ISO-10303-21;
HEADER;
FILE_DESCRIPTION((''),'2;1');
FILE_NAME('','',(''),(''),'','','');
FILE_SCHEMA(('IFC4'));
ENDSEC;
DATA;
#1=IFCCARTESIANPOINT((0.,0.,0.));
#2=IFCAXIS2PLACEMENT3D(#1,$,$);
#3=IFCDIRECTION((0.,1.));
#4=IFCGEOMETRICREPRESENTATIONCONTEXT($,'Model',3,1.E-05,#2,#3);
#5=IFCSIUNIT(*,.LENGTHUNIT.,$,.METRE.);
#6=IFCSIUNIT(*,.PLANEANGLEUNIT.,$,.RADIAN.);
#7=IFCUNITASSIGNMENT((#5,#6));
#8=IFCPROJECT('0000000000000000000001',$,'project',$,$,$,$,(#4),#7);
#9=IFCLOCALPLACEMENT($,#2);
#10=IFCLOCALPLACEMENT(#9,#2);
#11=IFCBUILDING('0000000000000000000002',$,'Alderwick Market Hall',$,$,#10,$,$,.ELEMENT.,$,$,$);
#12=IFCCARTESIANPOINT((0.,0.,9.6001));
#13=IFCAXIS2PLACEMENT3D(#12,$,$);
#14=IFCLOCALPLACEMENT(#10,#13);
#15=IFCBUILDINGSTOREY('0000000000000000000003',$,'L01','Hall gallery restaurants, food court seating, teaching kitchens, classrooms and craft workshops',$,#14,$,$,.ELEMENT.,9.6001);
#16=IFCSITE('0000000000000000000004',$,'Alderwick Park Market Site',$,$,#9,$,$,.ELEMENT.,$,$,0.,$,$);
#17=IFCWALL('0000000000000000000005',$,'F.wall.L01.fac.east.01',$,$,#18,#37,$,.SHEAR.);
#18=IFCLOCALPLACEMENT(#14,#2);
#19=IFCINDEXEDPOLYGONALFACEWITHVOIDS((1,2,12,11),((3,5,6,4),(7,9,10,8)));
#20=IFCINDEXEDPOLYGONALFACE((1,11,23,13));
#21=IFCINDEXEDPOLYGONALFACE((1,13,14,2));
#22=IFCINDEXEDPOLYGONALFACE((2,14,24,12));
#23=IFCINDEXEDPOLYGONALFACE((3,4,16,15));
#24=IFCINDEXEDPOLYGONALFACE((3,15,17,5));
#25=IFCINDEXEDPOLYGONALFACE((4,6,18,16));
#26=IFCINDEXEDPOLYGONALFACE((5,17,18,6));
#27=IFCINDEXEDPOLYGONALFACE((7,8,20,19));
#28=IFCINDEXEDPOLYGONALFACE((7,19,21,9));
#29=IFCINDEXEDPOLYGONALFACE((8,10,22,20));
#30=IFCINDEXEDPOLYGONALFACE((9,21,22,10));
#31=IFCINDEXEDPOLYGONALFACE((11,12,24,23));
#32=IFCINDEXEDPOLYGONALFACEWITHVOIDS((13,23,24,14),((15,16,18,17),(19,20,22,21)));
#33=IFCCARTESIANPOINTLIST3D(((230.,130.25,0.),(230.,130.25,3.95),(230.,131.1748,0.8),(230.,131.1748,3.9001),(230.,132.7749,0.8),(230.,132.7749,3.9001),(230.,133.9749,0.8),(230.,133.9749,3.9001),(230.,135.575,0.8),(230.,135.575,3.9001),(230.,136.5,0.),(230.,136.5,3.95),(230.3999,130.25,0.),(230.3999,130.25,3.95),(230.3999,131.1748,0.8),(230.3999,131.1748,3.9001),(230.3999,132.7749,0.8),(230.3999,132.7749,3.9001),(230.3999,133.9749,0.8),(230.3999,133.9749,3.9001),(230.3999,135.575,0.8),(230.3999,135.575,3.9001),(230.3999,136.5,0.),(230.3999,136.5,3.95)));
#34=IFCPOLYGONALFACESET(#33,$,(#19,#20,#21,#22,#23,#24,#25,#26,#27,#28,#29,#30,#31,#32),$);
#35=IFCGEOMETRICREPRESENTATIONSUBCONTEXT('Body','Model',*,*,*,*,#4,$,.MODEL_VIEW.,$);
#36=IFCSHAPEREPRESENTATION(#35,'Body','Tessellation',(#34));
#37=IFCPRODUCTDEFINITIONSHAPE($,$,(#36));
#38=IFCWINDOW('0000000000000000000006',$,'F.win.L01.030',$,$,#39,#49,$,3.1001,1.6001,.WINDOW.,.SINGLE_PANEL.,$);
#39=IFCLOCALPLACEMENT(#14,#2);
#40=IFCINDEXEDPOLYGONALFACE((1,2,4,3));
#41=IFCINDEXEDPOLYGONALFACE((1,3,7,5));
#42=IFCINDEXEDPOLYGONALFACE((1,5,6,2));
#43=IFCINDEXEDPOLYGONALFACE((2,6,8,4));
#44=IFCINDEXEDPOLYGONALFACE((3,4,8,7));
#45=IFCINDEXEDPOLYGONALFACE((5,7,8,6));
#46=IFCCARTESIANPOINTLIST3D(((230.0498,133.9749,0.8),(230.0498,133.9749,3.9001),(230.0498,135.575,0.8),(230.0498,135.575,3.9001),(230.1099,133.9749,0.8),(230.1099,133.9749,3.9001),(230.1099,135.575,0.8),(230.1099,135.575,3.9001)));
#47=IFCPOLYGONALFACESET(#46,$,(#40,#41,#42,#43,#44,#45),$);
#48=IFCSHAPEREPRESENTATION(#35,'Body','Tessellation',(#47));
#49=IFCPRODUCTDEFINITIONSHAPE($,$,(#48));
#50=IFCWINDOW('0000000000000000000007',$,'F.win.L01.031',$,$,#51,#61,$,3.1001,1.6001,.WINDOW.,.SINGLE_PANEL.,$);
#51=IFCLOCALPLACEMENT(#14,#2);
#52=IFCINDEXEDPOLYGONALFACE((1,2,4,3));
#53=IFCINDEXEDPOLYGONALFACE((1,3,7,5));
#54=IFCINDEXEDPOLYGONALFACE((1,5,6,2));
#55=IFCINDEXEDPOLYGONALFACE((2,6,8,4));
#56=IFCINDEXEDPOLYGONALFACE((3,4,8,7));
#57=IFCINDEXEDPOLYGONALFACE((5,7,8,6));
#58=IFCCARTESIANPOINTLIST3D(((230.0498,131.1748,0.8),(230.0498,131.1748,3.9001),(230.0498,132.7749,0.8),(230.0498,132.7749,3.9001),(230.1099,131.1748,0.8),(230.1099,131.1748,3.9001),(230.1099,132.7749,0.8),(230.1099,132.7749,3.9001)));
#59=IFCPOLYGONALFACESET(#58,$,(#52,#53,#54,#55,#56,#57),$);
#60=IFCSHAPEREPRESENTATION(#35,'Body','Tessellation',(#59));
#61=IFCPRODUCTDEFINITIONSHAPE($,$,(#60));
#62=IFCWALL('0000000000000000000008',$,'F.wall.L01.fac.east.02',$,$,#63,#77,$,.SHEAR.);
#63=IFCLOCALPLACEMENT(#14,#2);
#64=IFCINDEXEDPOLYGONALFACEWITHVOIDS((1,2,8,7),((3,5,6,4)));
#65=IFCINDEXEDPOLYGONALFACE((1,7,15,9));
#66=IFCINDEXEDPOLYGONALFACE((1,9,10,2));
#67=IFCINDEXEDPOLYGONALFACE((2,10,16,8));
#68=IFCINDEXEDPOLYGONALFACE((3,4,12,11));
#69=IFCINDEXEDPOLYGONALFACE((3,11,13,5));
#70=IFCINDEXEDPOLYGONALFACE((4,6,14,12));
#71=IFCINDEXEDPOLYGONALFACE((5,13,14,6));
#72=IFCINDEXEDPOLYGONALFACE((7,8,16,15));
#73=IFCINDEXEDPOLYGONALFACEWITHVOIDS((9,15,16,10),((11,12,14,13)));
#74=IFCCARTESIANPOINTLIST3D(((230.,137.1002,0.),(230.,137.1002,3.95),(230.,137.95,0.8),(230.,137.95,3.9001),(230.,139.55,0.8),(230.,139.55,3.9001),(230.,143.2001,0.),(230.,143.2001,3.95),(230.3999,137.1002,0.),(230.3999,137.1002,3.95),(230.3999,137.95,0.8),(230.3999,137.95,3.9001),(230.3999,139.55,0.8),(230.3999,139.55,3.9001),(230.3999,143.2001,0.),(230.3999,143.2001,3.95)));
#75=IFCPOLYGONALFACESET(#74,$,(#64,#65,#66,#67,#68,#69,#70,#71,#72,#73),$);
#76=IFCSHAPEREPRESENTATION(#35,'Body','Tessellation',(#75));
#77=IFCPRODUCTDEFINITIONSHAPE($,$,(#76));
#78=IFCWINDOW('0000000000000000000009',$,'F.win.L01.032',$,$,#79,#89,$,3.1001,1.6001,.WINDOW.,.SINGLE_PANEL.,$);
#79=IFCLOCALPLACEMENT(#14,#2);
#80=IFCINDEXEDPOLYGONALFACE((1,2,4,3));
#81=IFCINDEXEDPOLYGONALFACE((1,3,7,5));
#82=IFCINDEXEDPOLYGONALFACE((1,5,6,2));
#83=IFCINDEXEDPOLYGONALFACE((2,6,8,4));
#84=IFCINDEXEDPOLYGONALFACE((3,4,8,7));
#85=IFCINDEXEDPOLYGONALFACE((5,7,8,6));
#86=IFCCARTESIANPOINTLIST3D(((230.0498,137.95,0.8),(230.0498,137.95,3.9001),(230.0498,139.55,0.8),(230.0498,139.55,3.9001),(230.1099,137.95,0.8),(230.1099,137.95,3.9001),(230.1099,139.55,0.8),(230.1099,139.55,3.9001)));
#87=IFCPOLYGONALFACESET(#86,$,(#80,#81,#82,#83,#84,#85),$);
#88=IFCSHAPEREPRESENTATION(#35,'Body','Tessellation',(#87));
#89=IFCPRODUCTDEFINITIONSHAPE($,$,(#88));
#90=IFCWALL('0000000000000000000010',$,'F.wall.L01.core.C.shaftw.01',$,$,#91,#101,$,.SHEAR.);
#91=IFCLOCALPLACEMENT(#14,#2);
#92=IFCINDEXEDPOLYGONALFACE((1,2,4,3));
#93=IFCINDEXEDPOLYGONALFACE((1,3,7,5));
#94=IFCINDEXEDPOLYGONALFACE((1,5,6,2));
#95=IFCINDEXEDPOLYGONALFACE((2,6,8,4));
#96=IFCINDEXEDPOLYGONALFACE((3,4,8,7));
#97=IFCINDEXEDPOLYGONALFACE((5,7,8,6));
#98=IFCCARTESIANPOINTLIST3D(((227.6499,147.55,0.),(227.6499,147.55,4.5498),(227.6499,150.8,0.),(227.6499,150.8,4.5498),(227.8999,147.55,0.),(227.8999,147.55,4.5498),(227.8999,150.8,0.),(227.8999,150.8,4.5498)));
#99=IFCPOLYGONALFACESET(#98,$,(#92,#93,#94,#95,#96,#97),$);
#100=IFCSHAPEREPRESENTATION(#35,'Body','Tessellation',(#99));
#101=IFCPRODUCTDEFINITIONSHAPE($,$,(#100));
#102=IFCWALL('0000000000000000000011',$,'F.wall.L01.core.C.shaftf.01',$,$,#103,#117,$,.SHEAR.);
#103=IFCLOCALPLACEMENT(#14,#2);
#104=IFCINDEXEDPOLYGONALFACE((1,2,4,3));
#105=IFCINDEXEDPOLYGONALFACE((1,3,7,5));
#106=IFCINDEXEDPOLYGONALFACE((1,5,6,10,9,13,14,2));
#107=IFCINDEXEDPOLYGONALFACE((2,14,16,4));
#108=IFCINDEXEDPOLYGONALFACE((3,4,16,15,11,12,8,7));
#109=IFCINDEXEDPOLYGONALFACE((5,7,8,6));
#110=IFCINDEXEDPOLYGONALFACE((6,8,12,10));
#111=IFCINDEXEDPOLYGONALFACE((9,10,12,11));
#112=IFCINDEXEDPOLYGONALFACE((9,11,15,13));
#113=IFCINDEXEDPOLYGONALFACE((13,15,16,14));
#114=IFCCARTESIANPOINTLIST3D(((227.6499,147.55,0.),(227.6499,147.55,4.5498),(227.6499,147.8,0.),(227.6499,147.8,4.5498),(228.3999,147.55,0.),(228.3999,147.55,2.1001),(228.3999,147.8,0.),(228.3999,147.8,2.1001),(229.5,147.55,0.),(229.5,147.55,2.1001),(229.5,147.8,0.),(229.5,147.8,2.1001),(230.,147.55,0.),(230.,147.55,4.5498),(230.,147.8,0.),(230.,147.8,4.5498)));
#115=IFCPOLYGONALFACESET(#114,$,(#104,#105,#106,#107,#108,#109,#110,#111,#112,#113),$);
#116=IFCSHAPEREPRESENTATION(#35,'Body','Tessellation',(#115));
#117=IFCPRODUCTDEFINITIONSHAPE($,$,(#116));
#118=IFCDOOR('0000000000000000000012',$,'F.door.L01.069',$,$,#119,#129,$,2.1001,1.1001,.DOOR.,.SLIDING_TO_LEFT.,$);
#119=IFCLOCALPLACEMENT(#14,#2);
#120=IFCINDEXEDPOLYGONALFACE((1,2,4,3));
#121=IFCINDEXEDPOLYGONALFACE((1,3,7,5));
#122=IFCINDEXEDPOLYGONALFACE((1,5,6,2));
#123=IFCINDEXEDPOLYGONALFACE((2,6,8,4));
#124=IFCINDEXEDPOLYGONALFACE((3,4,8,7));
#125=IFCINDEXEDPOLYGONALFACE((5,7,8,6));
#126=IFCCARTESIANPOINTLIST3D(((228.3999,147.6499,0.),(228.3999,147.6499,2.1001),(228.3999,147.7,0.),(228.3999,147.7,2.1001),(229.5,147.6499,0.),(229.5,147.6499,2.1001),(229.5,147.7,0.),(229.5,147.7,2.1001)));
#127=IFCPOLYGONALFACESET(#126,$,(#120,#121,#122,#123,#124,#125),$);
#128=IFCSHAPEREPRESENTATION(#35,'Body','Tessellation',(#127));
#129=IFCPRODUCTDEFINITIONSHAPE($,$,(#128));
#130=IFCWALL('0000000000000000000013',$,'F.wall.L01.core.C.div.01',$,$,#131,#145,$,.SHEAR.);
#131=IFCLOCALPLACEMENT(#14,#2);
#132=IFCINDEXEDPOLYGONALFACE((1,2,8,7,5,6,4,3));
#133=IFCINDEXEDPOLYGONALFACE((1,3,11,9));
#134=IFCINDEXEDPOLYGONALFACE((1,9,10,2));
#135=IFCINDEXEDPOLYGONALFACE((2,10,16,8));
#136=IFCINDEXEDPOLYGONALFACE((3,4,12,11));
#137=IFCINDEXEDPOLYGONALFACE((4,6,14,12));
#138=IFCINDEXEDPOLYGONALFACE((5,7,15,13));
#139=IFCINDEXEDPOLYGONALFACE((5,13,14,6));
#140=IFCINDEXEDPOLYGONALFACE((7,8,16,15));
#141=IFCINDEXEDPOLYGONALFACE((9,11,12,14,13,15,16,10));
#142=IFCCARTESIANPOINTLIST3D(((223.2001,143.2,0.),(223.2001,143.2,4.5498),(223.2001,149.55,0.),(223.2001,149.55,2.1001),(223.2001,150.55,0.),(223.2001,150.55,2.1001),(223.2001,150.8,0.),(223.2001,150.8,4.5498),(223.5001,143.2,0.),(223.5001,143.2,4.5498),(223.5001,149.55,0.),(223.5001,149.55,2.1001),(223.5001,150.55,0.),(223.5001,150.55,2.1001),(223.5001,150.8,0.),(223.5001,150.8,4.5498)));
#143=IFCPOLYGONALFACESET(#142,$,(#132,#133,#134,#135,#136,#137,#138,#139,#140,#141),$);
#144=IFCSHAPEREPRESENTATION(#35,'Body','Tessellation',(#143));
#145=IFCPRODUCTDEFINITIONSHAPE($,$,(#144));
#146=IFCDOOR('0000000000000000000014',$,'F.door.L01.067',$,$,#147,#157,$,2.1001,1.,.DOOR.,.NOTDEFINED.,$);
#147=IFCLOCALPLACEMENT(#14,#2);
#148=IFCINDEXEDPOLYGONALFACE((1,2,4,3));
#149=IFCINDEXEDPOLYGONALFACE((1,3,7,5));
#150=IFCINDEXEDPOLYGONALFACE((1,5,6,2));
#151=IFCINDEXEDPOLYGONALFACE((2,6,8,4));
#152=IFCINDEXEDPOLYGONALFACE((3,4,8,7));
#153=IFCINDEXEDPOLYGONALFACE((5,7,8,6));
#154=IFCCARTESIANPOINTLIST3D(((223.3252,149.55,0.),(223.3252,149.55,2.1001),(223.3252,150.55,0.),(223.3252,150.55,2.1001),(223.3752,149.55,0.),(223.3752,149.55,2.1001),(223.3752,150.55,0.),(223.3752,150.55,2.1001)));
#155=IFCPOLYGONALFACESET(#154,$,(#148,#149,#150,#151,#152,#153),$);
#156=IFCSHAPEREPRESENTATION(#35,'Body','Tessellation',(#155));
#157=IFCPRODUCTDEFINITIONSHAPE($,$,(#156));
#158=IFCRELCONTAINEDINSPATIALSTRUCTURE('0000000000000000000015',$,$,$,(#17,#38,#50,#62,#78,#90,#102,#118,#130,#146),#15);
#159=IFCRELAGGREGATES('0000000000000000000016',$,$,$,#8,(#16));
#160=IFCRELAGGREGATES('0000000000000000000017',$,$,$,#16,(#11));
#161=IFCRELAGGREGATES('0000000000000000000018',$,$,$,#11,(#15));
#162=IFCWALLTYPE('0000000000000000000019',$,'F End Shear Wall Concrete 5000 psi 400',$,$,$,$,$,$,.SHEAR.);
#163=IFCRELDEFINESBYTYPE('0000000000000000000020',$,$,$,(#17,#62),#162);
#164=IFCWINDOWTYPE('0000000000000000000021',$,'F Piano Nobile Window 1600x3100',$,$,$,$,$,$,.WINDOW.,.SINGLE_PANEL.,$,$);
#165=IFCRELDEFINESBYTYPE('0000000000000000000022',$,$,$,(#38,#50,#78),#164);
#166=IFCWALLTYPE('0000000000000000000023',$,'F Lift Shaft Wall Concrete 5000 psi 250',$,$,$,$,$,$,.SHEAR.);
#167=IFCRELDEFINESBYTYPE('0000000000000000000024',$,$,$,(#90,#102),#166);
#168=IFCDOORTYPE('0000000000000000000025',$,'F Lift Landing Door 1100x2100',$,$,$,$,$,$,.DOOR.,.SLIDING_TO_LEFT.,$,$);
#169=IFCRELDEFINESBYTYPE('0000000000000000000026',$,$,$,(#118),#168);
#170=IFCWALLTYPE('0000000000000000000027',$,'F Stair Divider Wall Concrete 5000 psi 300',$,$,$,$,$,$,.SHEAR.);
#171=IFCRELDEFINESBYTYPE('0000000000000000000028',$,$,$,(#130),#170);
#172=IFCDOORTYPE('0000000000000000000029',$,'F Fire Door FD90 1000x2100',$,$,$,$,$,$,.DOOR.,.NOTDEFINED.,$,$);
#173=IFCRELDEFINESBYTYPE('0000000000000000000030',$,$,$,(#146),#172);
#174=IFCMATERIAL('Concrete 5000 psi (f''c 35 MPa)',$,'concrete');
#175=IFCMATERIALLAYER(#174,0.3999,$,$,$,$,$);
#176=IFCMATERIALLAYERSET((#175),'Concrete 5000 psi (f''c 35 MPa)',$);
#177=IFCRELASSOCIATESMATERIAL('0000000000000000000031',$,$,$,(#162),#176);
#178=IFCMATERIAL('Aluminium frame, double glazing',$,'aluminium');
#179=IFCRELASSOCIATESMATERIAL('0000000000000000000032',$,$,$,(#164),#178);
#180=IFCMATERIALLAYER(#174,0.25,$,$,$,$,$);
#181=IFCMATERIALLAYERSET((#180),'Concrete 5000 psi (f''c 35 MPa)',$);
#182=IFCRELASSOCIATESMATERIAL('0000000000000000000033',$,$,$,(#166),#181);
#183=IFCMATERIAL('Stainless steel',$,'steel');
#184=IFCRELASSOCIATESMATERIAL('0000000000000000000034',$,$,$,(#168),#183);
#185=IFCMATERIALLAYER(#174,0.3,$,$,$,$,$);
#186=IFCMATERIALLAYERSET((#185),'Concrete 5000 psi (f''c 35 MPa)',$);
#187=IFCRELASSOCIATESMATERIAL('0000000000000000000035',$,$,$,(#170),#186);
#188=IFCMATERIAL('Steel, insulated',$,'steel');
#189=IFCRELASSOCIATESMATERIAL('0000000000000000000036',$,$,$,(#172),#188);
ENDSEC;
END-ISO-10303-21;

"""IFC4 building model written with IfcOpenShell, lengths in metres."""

from ifc_helpers import new_model, si_unit, direction, frame, frame_2d, origin, place, context, subcontext, project, spatial, rectangle, extrude, material, layer, layer_set, type_object, element, fill, save


model = new_model("IFC4")

# Units and contexts
model_context = context("Model", 3, precision=1e-05, world=origin(), true_north=direction((0.0, 1.0)))
body_context = subcontext(model_context, "Body", "Model", "MODEL_VIEW")
ifc_project = project(units=[si_unit("LENGTHUNIT", "METRE"), si_unit("PLANEANGLEUNIT", "RADIAN")], contexts=[model_context])

# Site, building, storey
site_placement = place(None, origin())
site = spatial("IfcSite", under=ifc_project, at=site_placement, Name="Alderwick Park Market Site", CompositionType="ELEMENT", RefElevation=0.0)
building_placement = place(site_placement, origin())
building = spatial("IfcBuilding", under=site, at=building_placement, Name="Alderwick Market Hall", CompositionType="ELEMENT")
storey_placement = place(building_placement, frame((0.0, 0.0, 9.6001)))
storey = spatial("IfcBuildingStorey", under=building, at=storey_placement, Name="L01", Description="Hall gallery restaurants, food court seating, teaching kitchens, classrooms and craft workshops", CompositionType="ELEMENT", Elevation=9.6001)

# Shared definitions
ifc_material_1 = material(Name="Concrete 5000 psi (f'c 35 MPa)", Category="concrete")

# Shared definitions
ifc_material_2 = material(Name="Steel, insulated", Category="steel")

# Wall, openings, windows
ifc_layer_1 = layer(ifc_material_1, 0.3999)
ifc_layer_set_1 = layer_set([ifc_layer_1], Name="Concrete 5000 psi (f'c 35 MPa)")
wall_type_1 = type_object("IfcWallType", Name="F End Shear Wall Concrete 5000 psi 400", PredefinedType="SHEAR", material=ifc_layer_set_1)
wall_1_placement = place(storey_placement, frame((230.2, 136.5, 0.0), z_axis=(0.0, 0.0, 1.0), x_axis=(0.0, -1.0, 0.0)))
wall_1 = element("IfcWall", 1, at=wall_1_placement, inside=storey, type_object=wall_type_1, Name="F.wall.L01.fac.east.01", PredefinedType="SHEAR", context=body_context, shape_type="SweptSolid", body=[
    extrude(rectangle(XDim=6.25, YDim=0.3999, at=frame_2d((3.125, 0.0))), origin(), (0.0, 0.0, 1.0), 3.95),
])
opening_1_placement = place(wall_1_placement, frame((0.925, 0.0, 0.8)))
opening_1 = element("IfcOpeningElement", 2, at=opening_1_placement, cuts=wall_1, PredefinedType="OPENING", context=body_context, shape_type="SweptSolid", body=[
    extrude(rectangle(XDim=1.6001, YDim=3.1001, at=frame_2d((0.8, 1.55))), frame((0.0, 0.21, 0.0), z_axis=(0.0, -1.0, 0.0), x_axis=(1.0, 0.0, 0.0)), (0.0, 0.0, 1.0), 0.4199),
])
opening_2_placement = place(wall_1_placement, frame((3.7251, 0.0, 0.8)))
opening_2 = element("IfcOpeningElement", 3, at=opening_2_placement, cuts=wall_1, PredefinedType="OPENING", context=body_context, shape_type="SweptSolid", body=[
    extrude(rectangle(XDim=1.6001, YDim=3.1001, at=frame_2d((0.8, 1.55))), frame((0.0, 0.21, 0.0), z_axis=(0.0, -1.0, 0.0), x_axis=(1.0, 0.0, 0.0)), (0.0, 0.0, 1.0), 0.4199),
])
ifc_material_3 = material(Name="Aluminium frame, double glazing", Category="aluminium")
window_type = type_object("IfcWindowType", Name="F Piano Nobile Window 1600x3100", PartitioningType="SINGLE_PANEL", PredefinedType="WINDOW", material=ifc_material_3)
window_1_placement = place(opening_1_placement, origin())
window_1 = element("IfcWindow", 4, at=window_1_placement, inside=storey, type_object=window_type, Name="F.win.L01.030", OverallHeight=3.1001, OverallWidth=1.6001, PartitioningType="SINGLE_PANEL", PredefinedType="WINDOW", context=body_context, shape_type="SweptSolid", body=[
    extrude(rectangle(XDim=1.6001, YDim=3.1001, at=frame_2d((0.8, 1.55))), frame((0.0, -0.0901, 0.0), z_axis=(0.0, -1.0, 0.0), x_axis=(1.0, 0.0, 0.0)), (0.0, 0.0, 1.0), 0.0601),
])
fill(opening_1, window_1)
window_2_placement = place(opening_2_placement, origin())
window_2 = element("IfcWindow", 5, at=window_2_placement, inside=storey, type_object=window_type, Name="F.win.L01.031", OverallHeight=3.1001, OverallWidth=1.6001, PartitioningType="SINGLE_PANEL", PredefinedType="WINDOW", context=body_context, shape_type="SweptSolid", body=[
    extrude(rectangle(XDim=1.6001, YDim=3.1001, at=frame_2d((0.8, 1.55))), frame((0.0, -0.0901, 0.0), z_axis=(0.0, -1.0, 0.0), x_axis=(1.0, 0.0, 0.0)), (0.0, 0.0, 1.0), 0.0601),
])
fill(opening_2, window_2)

# Wall, opening, window
wall_2_placement = place(storey_placement, frame((230.2, 143.2, 0.0), z_axis=(0.0, 0.0, 1.0), x_axis=(0.0, -1.0, 0.0)))
wall_2 = element("IfcWall", 6, at=wall_2_placement, inside=storey, type_object=wall_type_1, Name="F.wall.L01.fac.east.02", PredefinedType="SHEAR", context=body_context, shape_type="SweptSolid", body=[
    extrude(rectangle(XDim=6.0999, YDim=0.3999, at=frame_2d((3.0498, 0.0))), origin(), (0.0, 0.0, 1.0), 3.95),
])
opening_3_placement = place(wall_2_placement, frame((3.6499, 0.0, 0.8)))
opening_3 = element("IfcOpeningElement", 7, at=opening_3_placement, cuts=wall_2, PredefinedType="OPENING", context=body_context, shape_type="SweptSolid", body=[
    extrude(rectangle(XDim=1.6001, YDim=3.1001, at=frame_2d((0.8, 1.55))), frame((0.0, 0.21, 0.0), z_axis=(0.0, -1.0, 0.0), x_axis=(1.0, 0.0, 0.0)), (0.0, 0.0, 1.0), 0.4199),
])
window_3_placement = place(opening_3_placement, origin())
window_3 = element("IfcWindow", 8, at=window_3_placement, inside=storey, type_object=window_type, Name="F.win.L01.032", OverallHeight=3.1001, OverallWidth=1.6001, PartitioningType="SINGLE_PANEL", PredefinedType="WINDOW", context=body_context, shape_type="SweptSolid", body=[
    extrude(rectangle(XDim=1.6001, YDim=3.1001, at=frame_2d((0.8, 1.55))), frame((0.0, -0.0901, 0.0), z_axis=(0.0, -1.0, 0.0), x_axis=(1.0, 0.0, 0.0)), (0.0, 0.0, 1.0), 0.0601),
])
fill(opening_3, window_3)

# Wall
ifc_layer_2 = layer(ifc_material_1, 0.25)
ifc_layer_set_2 = layer_set([ifc_layer_2], Name="Concrete 5000 psi (f'c 35 MPa)")
wall_type_2 = type_object("IfcWallType", Name="F Lift Shaft Wall Concrete 5000 psi 250", PredefinedType="SHEAR", material=ifc_layer_set_2)
wall_3_placement = place(storey_placement, frame((227.7749, 147.55, 0.0), z_axis=(0.0, 0.0, 1.0), x_axis=(0.0, 1.0, 0.0)))
element("IfcWall", 9, at=wall_3_placement, inside=storey, type_object=wall_type_2, Name="F.wall.L01.core.C.shaftw.01", PredefinedType="SHEAR", context=body_context, shape_type="SweptSolid", body=[
    extrude(rectangle(XDim=3.25, YDim=0.25, at=frame_2d((1.625, 0.0))), origin(), (0.0, 0.0, 1.0), 4.5498),
])

# Walls, openings, doors
wall_4_placement = place(storey_placement, frame((227.6499, 147.675, 0.0), z_axis=(0.0, 0.0, 1.0), x_axis=(1.0, 0.0, 0.0)))
wall_4 = element("IfcWall", 10, at=wall_4_placement, inside=storey, type_object=wall_type_2, Name="F.wall.L01.core.C.shaftf.01", PredefinedType="SHEAR", context=body_context, shape_type="SweptSolid", body=[
    extrude(rectangle(XDim=2.3501, YDim=0.25, at=frame_2d((1.175, 0.0))), origin(), (0.0, 0.0, 1.0), 4.5498),
])
opening_4_placement = place(wall_4_placement, frame((0.75, 0.0, 0.0)))
opening_4 = element("IfcOpeningElement", 11, at=opening_4_placement, cuts=wall_4, PredefinedType="OPENING", context=body_context, shape_type="SweptSolid", body=[
    extrude(rectangle(XDim=1.1001, YDim=2.1001, at=frame_2d((0.55, 1.05))), frame((0.0, 0.135, 0.0), z_axis=(0.0, -1.0, 0.0), x_axis=(1.0, 0.0, 0.0)), (0.0, 0.0, 1.0), 0.27),
])
ifc_material_4 = material(Name="Stainless steel", Category="steel")
door_type_1 = type_object("IfcDoorType", Name="F Lift Landing Door 1100x2100", OperationType="SLIDING_TO_LEFT", PredefinedType="DOOR", material=ifc_material_4)
door_1_placement = place(opening_4_placement, origin())
door_1 = element("IfcDoor", 12, at=door_1_placement, inside=storey, type_object=door_type_1, Name="F.door.L01.069", OperationType="SLIDING_TO_LEFT", OverallHeight=2.1001, OverallWidth=1.1001, PredefinedType="DOOR", context=body_context, shape_type="SweptSolid", body=[
    extrude(rectangle(XDim=1.1001, YDim=2.1001, at=frame_2d((0.55, 1.05))), frame((0.0, 0.0249, 0.0), z_axis=(0.0, -1.0, 0.0), x_axis=(1.0, 0.0, 0.0)), (0.0, 0.0, 1.0), 0.05),
])
fill(opening_4, door_1)
ifc_layer_3 = layer(ifc_material_1, 0.3)
ifc_layer_set_3 = layer_set([ifc_layer_3], Name="Concrete 5000 psi (f'c 35 MPa)")
wall_type_3 = type_object("IfcWallType", Name="F Stair Divider Wall Concrete 5000 psi 300", PredefinedType="SHEAR", material=ifc_layer_set_3)
wall_5_placement = place(storey_placement, frame((223.3501, 143.2, 0.0), z_axis=(0.0, 0.0, 1.0), x_axis=(0.0, 1.0, 0.0)))
wall_5 = element("IfcWall", 13, at=wall_5_placement, inside=storey, type_object=wall_type_3, Name="F.wall.L01.core.C.div.01", PredefinedType="SHEAR", context=body_context, shape_type="SweptSolid", body=[
    extrude(rectangle(XDim=7.6001, YDim=0.3, at=frame_2d((3.8, 0.0))), origin(), (0.0, 0.0, 1.0), 4.5498),
])
opening_5_placement = place(wall_5_placement, frame((6.3501, 0.0, 0.0)))
opening_5 = element("IfcOpeningElement", 14, at=opening_5_placement, cuts=wall_5, PredefinedType="OPENING", context=body_context, shape_type="SweptSolid", body=[
    extrude(rectangle(XDim=1.0, YDim=2.1001, at=frame_2d((0.5, 1.05))), frame((0.0, 0.1599, 0.0), z_axis=(0.0, -1.0, 0.0), x_axis=(1.0, 0.0, 0.0)), (0.0, 0.0, 1.0), 0.3201),
])
door_type_2 = type_object("IfcDoorType", Name="F Fire Door FD90 1000x2100", OperationType="NOTDEFINED", PredefinedType="DOOR", material=ifc_material_2)
door_2_placement = place(opening_5_placement, origin())
door_2 = element("IfcDoor", 15, at=door_2_placement, inside=storey, type_object=door_type_2, Name="F.door.L01.067", OperationType="NOTDEFINED", OverallHeight=2.1001, OverallWidth=1.0, PredefinedType="DOOR", context=body_context, shape_type="SweptSolid", body=[
    extrude(rectangle(XDim=1.0, YDim=2.1001, at=frame_2d((0.5, 1.05))), frame((0.0, 0.0249, 0.0), z_axis=(0.0, -1.0, 0.0), x_axis=(1.0, 0.0, 0.0)), (0.0, 0.0, 1.0), 0.05),
])
fill(opening_5, door_2)

save(model, "model.ifc")
